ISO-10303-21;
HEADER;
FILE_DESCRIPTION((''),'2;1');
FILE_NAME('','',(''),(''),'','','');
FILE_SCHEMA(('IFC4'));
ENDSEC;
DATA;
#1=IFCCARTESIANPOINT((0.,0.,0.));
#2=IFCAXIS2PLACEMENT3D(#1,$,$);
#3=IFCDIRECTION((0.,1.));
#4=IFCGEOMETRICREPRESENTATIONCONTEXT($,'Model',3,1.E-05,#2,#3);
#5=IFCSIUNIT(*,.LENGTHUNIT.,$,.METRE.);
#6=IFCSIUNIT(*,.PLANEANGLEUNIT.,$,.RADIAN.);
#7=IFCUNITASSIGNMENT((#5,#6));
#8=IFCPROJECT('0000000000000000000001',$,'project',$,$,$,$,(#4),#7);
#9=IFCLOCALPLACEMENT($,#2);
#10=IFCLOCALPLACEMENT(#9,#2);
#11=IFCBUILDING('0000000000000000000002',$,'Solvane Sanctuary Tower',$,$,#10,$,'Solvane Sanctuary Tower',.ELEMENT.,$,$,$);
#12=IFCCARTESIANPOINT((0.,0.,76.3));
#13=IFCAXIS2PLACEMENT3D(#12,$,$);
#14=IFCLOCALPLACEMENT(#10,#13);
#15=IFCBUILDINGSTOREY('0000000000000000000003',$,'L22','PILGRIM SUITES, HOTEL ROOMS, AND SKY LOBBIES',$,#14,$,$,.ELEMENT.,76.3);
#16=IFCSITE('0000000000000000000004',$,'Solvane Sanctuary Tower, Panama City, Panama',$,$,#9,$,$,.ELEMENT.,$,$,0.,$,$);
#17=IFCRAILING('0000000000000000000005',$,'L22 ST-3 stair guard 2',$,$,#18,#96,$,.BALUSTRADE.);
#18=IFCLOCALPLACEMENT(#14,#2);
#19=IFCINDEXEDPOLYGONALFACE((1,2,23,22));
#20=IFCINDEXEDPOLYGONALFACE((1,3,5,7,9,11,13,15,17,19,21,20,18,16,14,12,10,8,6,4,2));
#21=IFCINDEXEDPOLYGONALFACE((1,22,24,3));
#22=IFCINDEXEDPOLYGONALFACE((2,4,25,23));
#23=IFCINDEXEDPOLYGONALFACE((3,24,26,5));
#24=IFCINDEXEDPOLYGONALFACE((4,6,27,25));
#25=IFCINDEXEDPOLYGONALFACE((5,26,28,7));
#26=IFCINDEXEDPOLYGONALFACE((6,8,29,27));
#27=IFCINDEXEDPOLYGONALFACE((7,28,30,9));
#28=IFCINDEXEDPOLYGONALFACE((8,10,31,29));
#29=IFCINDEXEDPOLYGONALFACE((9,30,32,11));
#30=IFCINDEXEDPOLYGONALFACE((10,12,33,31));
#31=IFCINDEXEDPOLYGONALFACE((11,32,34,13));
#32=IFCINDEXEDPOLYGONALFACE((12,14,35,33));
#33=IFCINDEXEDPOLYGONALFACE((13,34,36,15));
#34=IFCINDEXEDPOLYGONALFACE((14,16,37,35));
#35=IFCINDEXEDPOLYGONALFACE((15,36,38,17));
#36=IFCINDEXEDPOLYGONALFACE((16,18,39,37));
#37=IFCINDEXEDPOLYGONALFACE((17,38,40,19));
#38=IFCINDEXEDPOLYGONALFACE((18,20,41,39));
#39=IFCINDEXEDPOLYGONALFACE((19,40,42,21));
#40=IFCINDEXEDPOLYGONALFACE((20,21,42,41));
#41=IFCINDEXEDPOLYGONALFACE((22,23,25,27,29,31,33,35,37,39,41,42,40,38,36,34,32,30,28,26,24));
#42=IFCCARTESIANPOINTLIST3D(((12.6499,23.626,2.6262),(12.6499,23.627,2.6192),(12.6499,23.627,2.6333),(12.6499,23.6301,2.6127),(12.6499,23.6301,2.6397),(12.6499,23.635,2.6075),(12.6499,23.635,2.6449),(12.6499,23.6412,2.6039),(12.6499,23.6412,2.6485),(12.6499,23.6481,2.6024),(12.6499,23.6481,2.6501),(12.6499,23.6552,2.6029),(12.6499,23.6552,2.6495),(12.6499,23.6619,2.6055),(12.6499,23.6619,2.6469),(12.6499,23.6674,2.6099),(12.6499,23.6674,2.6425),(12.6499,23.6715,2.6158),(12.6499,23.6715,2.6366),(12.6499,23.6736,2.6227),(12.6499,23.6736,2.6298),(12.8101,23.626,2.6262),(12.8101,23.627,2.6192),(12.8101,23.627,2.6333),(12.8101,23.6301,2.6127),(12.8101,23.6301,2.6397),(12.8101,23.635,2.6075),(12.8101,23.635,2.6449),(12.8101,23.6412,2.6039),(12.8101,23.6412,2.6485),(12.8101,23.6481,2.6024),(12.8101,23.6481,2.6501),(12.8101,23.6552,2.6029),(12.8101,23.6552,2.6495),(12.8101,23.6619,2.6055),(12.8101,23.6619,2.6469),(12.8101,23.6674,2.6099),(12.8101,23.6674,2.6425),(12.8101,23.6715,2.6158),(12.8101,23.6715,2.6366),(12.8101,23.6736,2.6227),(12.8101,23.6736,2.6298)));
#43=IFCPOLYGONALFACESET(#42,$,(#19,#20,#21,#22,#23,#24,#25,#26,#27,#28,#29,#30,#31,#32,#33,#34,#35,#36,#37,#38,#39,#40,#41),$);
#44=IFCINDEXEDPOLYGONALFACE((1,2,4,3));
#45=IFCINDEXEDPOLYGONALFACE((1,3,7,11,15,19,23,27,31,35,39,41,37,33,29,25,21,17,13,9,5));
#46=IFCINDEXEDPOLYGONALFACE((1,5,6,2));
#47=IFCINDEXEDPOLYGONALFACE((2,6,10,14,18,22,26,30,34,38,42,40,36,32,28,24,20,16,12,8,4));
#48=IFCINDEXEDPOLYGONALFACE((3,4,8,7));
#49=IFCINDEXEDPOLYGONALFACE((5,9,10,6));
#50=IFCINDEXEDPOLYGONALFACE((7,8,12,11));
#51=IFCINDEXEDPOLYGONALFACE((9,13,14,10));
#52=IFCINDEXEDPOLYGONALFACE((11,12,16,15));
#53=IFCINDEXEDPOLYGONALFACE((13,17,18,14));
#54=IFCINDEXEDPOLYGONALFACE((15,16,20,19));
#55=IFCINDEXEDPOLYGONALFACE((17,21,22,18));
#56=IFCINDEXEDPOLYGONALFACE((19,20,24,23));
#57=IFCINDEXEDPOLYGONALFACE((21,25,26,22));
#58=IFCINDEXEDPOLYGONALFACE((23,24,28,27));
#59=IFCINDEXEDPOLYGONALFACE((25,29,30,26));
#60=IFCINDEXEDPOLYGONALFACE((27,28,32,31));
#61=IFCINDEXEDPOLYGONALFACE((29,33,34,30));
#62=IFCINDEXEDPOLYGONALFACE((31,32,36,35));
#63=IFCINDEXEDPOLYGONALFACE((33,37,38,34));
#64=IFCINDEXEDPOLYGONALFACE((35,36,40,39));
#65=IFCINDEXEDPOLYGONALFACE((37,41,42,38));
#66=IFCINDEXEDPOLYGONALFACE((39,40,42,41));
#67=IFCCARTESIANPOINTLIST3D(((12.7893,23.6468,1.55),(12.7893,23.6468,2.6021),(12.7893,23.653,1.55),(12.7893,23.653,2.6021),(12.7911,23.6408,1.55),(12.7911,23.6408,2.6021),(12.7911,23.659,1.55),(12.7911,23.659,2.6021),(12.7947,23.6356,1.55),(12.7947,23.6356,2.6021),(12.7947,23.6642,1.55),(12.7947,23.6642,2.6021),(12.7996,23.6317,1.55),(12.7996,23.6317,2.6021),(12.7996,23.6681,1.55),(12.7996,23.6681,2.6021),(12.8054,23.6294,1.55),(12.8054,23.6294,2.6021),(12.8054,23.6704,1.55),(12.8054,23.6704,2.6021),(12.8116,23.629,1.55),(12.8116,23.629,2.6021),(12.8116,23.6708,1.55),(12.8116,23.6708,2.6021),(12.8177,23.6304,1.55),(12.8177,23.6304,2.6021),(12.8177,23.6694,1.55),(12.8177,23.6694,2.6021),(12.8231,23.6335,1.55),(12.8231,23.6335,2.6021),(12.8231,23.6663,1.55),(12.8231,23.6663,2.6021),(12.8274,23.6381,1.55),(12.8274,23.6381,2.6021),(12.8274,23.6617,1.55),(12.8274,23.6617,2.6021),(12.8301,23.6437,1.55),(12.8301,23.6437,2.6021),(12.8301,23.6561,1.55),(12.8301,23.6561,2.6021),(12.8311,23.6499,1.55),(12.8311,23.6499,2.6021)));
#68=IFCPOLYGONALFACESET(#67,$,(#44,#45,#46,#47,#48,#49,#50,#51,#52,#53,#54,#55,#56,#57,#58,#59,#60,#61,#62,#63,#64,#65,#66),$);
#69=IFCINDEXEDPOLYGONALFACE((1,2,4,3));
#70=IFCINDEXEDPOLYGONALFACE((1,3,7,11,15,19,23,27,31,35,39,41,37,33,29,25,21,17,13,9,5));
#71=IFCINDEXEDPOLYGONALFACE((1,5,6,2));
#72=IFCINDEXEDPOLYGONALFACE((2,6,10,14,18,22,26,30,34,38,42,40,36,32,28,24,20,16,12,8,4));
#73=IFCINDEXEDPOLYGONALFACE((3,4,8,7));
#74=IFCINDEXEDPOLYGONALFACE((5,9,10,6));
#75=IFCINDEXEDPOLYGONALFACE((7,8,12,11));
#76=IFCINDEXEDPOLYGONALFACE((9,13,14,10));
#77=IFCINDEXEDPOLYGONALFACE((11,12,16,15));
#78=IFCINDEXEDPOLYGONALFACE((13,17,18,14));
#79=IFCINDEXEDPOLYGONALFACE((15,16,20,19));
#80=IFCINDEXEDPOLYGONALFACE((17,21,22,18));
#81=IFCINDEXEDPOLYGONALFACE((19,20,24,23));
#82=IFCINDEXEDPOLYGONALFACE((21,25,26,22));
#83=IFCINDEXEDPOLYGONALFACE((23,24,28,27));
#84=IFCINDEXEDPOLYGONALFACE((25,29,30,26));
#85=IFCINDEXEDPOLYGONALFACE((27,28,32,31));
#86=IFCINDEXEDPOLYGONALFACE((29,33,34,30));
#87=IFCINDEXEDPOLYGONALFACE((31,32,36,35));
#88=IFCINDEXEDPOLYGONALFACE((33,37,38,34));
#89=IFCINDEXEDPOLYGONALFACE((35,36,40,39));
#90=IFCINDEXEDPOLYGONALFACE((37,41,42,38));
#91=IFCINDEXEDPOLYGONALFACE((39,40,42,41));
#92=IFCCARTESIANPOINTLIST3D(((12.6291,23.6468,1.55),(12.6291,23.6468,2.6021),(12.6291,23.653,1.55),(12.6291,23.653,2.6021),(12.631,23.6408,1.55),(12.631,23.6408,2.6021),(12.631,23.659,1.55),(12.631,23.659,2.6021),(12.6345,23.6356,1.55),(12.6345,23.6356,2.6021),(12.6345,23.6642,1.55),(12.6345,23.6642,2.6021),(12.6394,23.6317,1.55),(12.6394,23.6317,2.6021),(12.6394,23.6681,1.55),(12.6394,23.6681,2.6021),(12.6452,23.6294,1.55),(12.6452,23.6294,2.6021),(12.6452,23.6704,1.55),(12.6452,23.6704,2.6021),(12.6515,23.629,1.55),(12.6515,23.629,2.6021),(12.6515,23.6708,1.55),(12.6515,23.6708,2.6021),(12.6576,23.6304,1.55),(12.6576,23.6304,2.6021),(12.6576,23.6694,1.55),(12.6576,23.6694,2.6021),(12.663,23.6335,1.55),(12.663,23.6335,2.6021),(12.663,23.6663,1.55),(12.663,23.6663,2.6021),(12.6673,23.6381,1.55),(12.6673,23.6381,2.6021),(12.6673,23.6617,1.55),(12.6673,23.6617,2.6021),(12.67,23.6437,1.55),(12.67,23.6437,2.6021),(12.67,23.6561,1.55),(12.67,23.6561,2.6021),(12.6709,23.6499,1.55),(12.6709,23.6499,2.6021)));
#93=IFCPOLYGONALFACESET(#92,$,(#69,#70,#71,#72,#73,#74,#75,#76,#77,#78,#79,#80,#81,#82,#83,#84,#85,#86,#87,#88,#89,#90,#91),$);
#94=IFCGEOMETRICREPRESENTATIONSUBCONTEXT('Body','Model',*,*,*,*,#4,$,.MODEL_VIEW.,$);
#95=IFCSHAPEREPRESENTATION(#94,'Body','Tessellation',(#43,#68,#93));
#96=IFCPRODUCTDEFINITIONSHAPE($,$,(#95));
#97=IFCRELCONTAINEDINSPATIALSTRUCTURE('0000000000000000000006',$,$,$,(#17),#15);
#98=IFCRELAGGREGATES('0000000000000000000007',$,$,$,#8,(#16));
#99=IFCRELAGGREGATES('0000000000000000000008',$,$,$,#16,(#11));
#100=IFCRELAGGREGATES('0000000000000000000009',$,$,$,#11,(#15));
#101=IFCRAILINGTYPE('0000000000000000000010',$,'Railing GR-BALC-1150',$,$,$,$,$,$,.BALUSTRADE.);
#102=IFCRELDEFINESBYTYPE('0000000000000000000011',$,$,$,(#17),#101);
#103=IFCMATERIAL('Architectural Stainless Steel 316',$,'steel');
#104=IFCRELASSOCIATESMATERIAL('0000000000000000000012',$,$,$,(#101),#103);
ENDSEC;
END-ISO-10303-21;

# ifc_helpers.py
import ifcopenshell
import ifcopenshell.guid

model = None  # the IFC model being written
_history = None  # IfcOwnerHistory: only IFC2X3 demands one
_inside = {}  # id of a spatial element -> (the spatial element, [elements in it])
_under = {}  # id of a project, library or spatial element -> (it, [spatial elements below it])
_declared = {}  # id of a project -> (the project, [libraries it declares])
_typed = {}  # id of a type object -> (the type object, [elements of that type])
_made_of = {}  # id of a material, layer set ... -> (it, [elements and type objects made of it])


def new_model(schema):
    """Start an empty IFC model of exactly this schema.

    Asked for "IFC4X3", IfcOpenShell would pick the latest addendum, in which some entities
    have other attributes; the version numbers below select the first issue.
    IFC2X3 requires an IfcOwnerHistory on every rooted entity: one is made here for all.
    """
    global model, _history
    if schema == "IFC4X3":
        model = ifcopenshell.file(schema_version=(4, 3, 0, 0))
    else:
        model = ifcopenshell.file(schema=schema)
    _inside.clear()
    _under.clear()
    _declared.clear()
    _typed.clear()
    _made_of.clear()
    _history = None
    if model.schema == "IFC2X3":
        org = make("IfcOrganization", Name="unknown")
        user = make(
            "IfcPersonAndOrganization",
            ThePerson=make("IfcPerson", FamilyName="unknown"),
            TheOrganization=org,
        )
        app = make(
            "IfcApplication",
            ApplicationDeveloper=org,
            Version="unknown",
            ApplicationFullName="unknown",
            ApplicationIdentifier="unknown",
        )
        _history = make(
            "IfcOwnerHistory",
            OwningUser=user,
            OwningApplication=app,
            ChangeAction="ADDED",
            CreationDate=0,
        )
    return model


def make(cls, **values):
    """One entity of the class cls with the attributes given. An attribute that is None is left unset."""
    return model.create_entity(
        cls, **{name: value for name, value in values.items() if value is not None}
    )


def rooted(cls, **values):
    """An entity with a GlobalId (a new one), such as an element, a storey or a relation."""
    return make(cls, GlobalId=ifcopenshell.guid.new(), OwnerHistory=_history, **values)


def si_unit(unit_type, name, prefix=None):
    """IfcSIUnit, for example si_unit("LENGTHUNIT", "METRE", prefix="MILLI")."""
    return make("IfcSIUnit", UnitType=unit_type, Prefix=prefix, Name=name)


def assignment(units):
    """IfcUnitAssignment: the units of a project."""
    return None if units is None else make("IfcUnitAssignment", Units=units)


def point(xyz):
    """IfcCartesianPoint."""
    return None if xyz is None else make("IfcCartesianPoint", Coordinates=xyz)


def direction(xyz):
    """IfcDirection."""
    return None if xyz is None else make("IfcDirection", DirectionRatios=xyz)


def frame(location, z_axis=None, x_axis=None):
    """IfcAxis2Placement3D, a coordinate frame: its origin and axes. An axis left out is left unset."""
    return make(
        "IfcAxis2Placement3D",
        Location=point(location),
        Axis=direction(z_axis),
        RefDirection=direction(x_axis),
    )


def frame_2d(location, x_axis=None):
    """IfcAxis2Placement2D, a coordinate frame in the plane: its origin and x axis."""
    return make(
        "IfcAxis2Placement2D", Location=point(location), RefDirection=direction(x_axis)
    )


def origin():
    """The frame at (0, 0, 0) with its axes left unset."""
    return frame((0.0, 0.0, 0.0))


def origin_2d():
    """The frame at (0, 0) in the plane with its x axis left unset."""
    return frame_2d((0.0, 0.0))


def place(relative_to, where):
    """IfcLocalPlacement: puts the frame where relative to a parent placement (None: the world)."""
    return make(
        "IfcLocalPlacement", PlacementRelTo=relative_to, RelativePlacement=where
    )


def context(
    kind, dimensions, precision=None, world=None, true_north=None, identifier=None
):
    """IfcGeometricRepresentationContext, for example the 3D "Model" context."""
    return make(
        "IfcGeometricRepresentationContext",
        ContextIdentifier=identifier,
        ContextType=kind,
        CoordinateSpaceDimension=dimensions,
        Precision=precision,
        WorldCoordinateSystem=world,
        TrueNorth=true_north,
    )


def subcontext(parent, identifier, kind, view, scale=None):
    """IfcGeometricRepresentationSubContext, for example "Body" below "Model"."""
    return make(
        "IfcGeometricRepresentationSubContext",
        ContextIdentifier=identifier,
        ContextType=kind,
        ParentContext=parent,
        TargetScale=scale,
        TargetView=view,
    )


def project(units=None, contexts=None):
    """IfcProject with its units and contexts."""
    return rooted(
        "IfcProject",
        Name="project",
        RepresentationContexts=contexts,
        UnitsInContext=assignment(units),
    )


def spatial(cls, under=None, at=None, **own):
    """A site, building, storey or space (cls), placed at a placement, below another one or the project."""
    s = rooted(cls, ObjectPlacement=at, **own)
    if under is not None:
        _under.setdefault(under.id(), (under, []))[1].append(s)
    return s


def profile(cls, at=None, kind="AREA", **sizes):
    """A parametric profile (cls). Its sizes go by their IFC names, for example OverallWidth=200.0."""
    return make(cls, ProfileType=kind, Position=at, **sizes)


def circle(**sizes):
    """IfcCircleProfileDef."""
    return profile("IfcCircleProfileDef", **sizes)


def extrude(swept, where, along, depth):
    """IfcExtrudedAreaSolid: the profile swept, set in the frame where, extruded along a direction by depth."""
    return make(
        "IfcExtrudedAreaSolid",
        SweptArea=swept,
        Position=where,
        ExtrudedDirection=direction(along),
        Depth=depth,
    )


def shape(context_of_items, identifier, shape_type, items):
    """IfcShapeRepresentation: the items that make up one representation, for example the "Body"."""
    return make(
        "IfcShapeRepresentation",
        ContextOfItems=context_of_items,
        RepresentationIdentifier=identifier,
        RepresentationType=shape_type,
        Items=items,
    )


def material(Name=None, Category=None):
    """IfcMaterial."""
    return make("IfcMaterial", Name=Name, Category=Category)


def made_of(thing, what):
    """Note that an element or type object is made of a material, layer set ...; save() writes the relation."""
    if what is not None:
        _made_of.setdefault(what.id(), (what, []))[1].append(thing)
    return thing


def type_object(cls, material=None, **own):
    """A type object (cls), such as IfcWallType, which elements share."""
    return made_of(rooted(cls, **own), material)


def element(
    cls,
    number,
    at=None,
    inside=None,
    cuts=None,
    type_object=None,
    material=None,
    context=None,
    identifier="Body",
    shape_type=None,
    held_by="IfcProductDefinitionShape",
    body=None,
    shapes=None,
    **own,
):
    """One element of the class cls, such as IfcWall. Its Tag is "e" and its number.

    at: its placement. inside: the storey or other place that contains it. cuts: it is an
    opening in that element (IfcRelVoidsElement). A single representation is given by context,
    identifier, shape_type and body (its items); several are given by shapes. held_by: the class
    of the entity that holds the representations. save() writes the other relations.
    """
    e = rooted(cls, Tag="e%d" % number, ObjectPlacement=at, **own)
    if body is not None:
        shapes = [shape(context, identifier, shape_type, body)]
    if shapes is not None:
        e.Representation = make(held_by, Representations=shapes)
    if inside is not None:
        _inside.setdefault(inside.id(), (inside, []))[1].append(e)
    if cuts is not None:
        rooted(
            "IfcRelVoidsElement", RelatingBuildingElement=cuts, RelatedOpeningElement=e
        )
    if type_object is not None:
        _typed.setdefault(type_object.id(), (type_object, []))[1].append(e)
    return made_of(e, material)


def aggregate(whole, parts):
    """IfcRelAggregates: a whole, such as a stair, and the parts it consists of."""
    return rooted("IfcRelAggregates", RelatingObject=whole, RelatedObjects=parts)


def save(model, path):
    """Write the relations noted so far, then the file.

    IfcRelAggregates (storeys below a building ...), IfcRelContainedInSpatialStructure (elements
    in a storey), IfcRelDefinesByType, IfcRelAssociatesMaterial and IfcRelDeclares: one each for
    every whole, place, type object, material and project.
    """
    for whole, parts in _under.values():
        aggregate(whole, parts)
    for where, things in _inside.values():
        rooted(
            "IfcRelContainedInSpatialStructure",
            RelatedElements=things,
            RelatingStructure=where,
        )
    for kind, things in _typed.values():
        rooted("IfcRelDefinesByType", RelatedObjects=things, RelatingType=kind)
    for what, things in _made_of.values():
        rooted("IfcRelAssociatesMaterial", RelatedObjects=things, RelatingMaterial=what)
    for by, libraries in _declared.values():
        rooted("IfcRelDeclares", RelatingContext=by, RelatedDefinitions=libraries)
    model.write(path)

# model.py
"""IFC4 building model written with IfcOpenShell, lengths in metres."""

from ifc_helpers import new_model, si_unit, direction, frame, origin, origin_2d, place, context, subcontext, project, spatial, circle, extrude, material, type_object, element, save


model = new_model("IFC4")

# Units and contexts
model_context = context("Model", 3, precision=1e-05, world=origin(), true_north=direction((0.0, 1.0)))
body_context = subcontext(model_context, "Body", "Model", "MODEL_VIEW")
ifc_project = project(units=[si_unit("LENGTHUNIT", "METRE"), si_unit("PLANEANGLEUNIT", "RADIAN")], contexts=[model_context])

# Site, building, storey
site_placement = place(None, origin())
site = spatial("IfcSite", under=ifc_project, at=site_placement, Name="Solvane Sanctuary Tower, Panama City, Panama", CompositionType="ELEMENT", RefElevation=0.0)
building_placement = place(site_placement, origin())
building = spatial("IfcBuilding", under=site, at=building_placement, Name="Solvane Sanctuary Tower", LongName="Solvane Sanctuary Tower", CompositionType="ELEMENT")
storey_placement = place(building_placement, frame((0.0, 0.0, 76.3)))
storey = spatial("IfcBuildingStorey", under=building, at=storey_placement, Name="L22", Description="PILGRIM SUITES, HOTEL ROOMS, AND SKY LOBBIES", CompositionType="ELEMENT", Elevation=76.3)

# Shared definitions
ifc_material_1 = material(Name="Architectural Stainless Steel 316", Category="steel")

# Railing
railing_type_1 = type_object("IfcRailingType", Name="Railing GR-BALC-1150", PredefinedType="BALUSTRADE", material=ifc_material_1)
railing_1_placement = place(storey_placement, frame((12.8101, 23.6499, 1.55)))
element("IfcRailing", 1, at=railing_1_placement, inside=storey, type_object=railing_type_1, Name="L22 ST-3 stair guard 2", PredefinedType="BALUSTRADE", context=body_context, shape_type="SweptSolid", body=[
    extrude(circle(Radius=0.0239, at=origin_2d()), frame((0.0, 0.0, 1.0762), z_axis=(-1.0, 0.0, 0.0), x_axis=(0.0, -1.0, 0.0)), (0.0, 0.0, 1.0), 0.1602),
    extrude(circle(Radius=0.021, at=origin_2d()), origin(), (0.0, 0.0, 1.0), 1.052),
    extrude(circle(Radius=0.021, at=origin_2d()), frame((-0.1602, 0.0, 0.0)), (0.0, 0.0, 1.0), 1.052),
])

save(model, "model.ifc")
